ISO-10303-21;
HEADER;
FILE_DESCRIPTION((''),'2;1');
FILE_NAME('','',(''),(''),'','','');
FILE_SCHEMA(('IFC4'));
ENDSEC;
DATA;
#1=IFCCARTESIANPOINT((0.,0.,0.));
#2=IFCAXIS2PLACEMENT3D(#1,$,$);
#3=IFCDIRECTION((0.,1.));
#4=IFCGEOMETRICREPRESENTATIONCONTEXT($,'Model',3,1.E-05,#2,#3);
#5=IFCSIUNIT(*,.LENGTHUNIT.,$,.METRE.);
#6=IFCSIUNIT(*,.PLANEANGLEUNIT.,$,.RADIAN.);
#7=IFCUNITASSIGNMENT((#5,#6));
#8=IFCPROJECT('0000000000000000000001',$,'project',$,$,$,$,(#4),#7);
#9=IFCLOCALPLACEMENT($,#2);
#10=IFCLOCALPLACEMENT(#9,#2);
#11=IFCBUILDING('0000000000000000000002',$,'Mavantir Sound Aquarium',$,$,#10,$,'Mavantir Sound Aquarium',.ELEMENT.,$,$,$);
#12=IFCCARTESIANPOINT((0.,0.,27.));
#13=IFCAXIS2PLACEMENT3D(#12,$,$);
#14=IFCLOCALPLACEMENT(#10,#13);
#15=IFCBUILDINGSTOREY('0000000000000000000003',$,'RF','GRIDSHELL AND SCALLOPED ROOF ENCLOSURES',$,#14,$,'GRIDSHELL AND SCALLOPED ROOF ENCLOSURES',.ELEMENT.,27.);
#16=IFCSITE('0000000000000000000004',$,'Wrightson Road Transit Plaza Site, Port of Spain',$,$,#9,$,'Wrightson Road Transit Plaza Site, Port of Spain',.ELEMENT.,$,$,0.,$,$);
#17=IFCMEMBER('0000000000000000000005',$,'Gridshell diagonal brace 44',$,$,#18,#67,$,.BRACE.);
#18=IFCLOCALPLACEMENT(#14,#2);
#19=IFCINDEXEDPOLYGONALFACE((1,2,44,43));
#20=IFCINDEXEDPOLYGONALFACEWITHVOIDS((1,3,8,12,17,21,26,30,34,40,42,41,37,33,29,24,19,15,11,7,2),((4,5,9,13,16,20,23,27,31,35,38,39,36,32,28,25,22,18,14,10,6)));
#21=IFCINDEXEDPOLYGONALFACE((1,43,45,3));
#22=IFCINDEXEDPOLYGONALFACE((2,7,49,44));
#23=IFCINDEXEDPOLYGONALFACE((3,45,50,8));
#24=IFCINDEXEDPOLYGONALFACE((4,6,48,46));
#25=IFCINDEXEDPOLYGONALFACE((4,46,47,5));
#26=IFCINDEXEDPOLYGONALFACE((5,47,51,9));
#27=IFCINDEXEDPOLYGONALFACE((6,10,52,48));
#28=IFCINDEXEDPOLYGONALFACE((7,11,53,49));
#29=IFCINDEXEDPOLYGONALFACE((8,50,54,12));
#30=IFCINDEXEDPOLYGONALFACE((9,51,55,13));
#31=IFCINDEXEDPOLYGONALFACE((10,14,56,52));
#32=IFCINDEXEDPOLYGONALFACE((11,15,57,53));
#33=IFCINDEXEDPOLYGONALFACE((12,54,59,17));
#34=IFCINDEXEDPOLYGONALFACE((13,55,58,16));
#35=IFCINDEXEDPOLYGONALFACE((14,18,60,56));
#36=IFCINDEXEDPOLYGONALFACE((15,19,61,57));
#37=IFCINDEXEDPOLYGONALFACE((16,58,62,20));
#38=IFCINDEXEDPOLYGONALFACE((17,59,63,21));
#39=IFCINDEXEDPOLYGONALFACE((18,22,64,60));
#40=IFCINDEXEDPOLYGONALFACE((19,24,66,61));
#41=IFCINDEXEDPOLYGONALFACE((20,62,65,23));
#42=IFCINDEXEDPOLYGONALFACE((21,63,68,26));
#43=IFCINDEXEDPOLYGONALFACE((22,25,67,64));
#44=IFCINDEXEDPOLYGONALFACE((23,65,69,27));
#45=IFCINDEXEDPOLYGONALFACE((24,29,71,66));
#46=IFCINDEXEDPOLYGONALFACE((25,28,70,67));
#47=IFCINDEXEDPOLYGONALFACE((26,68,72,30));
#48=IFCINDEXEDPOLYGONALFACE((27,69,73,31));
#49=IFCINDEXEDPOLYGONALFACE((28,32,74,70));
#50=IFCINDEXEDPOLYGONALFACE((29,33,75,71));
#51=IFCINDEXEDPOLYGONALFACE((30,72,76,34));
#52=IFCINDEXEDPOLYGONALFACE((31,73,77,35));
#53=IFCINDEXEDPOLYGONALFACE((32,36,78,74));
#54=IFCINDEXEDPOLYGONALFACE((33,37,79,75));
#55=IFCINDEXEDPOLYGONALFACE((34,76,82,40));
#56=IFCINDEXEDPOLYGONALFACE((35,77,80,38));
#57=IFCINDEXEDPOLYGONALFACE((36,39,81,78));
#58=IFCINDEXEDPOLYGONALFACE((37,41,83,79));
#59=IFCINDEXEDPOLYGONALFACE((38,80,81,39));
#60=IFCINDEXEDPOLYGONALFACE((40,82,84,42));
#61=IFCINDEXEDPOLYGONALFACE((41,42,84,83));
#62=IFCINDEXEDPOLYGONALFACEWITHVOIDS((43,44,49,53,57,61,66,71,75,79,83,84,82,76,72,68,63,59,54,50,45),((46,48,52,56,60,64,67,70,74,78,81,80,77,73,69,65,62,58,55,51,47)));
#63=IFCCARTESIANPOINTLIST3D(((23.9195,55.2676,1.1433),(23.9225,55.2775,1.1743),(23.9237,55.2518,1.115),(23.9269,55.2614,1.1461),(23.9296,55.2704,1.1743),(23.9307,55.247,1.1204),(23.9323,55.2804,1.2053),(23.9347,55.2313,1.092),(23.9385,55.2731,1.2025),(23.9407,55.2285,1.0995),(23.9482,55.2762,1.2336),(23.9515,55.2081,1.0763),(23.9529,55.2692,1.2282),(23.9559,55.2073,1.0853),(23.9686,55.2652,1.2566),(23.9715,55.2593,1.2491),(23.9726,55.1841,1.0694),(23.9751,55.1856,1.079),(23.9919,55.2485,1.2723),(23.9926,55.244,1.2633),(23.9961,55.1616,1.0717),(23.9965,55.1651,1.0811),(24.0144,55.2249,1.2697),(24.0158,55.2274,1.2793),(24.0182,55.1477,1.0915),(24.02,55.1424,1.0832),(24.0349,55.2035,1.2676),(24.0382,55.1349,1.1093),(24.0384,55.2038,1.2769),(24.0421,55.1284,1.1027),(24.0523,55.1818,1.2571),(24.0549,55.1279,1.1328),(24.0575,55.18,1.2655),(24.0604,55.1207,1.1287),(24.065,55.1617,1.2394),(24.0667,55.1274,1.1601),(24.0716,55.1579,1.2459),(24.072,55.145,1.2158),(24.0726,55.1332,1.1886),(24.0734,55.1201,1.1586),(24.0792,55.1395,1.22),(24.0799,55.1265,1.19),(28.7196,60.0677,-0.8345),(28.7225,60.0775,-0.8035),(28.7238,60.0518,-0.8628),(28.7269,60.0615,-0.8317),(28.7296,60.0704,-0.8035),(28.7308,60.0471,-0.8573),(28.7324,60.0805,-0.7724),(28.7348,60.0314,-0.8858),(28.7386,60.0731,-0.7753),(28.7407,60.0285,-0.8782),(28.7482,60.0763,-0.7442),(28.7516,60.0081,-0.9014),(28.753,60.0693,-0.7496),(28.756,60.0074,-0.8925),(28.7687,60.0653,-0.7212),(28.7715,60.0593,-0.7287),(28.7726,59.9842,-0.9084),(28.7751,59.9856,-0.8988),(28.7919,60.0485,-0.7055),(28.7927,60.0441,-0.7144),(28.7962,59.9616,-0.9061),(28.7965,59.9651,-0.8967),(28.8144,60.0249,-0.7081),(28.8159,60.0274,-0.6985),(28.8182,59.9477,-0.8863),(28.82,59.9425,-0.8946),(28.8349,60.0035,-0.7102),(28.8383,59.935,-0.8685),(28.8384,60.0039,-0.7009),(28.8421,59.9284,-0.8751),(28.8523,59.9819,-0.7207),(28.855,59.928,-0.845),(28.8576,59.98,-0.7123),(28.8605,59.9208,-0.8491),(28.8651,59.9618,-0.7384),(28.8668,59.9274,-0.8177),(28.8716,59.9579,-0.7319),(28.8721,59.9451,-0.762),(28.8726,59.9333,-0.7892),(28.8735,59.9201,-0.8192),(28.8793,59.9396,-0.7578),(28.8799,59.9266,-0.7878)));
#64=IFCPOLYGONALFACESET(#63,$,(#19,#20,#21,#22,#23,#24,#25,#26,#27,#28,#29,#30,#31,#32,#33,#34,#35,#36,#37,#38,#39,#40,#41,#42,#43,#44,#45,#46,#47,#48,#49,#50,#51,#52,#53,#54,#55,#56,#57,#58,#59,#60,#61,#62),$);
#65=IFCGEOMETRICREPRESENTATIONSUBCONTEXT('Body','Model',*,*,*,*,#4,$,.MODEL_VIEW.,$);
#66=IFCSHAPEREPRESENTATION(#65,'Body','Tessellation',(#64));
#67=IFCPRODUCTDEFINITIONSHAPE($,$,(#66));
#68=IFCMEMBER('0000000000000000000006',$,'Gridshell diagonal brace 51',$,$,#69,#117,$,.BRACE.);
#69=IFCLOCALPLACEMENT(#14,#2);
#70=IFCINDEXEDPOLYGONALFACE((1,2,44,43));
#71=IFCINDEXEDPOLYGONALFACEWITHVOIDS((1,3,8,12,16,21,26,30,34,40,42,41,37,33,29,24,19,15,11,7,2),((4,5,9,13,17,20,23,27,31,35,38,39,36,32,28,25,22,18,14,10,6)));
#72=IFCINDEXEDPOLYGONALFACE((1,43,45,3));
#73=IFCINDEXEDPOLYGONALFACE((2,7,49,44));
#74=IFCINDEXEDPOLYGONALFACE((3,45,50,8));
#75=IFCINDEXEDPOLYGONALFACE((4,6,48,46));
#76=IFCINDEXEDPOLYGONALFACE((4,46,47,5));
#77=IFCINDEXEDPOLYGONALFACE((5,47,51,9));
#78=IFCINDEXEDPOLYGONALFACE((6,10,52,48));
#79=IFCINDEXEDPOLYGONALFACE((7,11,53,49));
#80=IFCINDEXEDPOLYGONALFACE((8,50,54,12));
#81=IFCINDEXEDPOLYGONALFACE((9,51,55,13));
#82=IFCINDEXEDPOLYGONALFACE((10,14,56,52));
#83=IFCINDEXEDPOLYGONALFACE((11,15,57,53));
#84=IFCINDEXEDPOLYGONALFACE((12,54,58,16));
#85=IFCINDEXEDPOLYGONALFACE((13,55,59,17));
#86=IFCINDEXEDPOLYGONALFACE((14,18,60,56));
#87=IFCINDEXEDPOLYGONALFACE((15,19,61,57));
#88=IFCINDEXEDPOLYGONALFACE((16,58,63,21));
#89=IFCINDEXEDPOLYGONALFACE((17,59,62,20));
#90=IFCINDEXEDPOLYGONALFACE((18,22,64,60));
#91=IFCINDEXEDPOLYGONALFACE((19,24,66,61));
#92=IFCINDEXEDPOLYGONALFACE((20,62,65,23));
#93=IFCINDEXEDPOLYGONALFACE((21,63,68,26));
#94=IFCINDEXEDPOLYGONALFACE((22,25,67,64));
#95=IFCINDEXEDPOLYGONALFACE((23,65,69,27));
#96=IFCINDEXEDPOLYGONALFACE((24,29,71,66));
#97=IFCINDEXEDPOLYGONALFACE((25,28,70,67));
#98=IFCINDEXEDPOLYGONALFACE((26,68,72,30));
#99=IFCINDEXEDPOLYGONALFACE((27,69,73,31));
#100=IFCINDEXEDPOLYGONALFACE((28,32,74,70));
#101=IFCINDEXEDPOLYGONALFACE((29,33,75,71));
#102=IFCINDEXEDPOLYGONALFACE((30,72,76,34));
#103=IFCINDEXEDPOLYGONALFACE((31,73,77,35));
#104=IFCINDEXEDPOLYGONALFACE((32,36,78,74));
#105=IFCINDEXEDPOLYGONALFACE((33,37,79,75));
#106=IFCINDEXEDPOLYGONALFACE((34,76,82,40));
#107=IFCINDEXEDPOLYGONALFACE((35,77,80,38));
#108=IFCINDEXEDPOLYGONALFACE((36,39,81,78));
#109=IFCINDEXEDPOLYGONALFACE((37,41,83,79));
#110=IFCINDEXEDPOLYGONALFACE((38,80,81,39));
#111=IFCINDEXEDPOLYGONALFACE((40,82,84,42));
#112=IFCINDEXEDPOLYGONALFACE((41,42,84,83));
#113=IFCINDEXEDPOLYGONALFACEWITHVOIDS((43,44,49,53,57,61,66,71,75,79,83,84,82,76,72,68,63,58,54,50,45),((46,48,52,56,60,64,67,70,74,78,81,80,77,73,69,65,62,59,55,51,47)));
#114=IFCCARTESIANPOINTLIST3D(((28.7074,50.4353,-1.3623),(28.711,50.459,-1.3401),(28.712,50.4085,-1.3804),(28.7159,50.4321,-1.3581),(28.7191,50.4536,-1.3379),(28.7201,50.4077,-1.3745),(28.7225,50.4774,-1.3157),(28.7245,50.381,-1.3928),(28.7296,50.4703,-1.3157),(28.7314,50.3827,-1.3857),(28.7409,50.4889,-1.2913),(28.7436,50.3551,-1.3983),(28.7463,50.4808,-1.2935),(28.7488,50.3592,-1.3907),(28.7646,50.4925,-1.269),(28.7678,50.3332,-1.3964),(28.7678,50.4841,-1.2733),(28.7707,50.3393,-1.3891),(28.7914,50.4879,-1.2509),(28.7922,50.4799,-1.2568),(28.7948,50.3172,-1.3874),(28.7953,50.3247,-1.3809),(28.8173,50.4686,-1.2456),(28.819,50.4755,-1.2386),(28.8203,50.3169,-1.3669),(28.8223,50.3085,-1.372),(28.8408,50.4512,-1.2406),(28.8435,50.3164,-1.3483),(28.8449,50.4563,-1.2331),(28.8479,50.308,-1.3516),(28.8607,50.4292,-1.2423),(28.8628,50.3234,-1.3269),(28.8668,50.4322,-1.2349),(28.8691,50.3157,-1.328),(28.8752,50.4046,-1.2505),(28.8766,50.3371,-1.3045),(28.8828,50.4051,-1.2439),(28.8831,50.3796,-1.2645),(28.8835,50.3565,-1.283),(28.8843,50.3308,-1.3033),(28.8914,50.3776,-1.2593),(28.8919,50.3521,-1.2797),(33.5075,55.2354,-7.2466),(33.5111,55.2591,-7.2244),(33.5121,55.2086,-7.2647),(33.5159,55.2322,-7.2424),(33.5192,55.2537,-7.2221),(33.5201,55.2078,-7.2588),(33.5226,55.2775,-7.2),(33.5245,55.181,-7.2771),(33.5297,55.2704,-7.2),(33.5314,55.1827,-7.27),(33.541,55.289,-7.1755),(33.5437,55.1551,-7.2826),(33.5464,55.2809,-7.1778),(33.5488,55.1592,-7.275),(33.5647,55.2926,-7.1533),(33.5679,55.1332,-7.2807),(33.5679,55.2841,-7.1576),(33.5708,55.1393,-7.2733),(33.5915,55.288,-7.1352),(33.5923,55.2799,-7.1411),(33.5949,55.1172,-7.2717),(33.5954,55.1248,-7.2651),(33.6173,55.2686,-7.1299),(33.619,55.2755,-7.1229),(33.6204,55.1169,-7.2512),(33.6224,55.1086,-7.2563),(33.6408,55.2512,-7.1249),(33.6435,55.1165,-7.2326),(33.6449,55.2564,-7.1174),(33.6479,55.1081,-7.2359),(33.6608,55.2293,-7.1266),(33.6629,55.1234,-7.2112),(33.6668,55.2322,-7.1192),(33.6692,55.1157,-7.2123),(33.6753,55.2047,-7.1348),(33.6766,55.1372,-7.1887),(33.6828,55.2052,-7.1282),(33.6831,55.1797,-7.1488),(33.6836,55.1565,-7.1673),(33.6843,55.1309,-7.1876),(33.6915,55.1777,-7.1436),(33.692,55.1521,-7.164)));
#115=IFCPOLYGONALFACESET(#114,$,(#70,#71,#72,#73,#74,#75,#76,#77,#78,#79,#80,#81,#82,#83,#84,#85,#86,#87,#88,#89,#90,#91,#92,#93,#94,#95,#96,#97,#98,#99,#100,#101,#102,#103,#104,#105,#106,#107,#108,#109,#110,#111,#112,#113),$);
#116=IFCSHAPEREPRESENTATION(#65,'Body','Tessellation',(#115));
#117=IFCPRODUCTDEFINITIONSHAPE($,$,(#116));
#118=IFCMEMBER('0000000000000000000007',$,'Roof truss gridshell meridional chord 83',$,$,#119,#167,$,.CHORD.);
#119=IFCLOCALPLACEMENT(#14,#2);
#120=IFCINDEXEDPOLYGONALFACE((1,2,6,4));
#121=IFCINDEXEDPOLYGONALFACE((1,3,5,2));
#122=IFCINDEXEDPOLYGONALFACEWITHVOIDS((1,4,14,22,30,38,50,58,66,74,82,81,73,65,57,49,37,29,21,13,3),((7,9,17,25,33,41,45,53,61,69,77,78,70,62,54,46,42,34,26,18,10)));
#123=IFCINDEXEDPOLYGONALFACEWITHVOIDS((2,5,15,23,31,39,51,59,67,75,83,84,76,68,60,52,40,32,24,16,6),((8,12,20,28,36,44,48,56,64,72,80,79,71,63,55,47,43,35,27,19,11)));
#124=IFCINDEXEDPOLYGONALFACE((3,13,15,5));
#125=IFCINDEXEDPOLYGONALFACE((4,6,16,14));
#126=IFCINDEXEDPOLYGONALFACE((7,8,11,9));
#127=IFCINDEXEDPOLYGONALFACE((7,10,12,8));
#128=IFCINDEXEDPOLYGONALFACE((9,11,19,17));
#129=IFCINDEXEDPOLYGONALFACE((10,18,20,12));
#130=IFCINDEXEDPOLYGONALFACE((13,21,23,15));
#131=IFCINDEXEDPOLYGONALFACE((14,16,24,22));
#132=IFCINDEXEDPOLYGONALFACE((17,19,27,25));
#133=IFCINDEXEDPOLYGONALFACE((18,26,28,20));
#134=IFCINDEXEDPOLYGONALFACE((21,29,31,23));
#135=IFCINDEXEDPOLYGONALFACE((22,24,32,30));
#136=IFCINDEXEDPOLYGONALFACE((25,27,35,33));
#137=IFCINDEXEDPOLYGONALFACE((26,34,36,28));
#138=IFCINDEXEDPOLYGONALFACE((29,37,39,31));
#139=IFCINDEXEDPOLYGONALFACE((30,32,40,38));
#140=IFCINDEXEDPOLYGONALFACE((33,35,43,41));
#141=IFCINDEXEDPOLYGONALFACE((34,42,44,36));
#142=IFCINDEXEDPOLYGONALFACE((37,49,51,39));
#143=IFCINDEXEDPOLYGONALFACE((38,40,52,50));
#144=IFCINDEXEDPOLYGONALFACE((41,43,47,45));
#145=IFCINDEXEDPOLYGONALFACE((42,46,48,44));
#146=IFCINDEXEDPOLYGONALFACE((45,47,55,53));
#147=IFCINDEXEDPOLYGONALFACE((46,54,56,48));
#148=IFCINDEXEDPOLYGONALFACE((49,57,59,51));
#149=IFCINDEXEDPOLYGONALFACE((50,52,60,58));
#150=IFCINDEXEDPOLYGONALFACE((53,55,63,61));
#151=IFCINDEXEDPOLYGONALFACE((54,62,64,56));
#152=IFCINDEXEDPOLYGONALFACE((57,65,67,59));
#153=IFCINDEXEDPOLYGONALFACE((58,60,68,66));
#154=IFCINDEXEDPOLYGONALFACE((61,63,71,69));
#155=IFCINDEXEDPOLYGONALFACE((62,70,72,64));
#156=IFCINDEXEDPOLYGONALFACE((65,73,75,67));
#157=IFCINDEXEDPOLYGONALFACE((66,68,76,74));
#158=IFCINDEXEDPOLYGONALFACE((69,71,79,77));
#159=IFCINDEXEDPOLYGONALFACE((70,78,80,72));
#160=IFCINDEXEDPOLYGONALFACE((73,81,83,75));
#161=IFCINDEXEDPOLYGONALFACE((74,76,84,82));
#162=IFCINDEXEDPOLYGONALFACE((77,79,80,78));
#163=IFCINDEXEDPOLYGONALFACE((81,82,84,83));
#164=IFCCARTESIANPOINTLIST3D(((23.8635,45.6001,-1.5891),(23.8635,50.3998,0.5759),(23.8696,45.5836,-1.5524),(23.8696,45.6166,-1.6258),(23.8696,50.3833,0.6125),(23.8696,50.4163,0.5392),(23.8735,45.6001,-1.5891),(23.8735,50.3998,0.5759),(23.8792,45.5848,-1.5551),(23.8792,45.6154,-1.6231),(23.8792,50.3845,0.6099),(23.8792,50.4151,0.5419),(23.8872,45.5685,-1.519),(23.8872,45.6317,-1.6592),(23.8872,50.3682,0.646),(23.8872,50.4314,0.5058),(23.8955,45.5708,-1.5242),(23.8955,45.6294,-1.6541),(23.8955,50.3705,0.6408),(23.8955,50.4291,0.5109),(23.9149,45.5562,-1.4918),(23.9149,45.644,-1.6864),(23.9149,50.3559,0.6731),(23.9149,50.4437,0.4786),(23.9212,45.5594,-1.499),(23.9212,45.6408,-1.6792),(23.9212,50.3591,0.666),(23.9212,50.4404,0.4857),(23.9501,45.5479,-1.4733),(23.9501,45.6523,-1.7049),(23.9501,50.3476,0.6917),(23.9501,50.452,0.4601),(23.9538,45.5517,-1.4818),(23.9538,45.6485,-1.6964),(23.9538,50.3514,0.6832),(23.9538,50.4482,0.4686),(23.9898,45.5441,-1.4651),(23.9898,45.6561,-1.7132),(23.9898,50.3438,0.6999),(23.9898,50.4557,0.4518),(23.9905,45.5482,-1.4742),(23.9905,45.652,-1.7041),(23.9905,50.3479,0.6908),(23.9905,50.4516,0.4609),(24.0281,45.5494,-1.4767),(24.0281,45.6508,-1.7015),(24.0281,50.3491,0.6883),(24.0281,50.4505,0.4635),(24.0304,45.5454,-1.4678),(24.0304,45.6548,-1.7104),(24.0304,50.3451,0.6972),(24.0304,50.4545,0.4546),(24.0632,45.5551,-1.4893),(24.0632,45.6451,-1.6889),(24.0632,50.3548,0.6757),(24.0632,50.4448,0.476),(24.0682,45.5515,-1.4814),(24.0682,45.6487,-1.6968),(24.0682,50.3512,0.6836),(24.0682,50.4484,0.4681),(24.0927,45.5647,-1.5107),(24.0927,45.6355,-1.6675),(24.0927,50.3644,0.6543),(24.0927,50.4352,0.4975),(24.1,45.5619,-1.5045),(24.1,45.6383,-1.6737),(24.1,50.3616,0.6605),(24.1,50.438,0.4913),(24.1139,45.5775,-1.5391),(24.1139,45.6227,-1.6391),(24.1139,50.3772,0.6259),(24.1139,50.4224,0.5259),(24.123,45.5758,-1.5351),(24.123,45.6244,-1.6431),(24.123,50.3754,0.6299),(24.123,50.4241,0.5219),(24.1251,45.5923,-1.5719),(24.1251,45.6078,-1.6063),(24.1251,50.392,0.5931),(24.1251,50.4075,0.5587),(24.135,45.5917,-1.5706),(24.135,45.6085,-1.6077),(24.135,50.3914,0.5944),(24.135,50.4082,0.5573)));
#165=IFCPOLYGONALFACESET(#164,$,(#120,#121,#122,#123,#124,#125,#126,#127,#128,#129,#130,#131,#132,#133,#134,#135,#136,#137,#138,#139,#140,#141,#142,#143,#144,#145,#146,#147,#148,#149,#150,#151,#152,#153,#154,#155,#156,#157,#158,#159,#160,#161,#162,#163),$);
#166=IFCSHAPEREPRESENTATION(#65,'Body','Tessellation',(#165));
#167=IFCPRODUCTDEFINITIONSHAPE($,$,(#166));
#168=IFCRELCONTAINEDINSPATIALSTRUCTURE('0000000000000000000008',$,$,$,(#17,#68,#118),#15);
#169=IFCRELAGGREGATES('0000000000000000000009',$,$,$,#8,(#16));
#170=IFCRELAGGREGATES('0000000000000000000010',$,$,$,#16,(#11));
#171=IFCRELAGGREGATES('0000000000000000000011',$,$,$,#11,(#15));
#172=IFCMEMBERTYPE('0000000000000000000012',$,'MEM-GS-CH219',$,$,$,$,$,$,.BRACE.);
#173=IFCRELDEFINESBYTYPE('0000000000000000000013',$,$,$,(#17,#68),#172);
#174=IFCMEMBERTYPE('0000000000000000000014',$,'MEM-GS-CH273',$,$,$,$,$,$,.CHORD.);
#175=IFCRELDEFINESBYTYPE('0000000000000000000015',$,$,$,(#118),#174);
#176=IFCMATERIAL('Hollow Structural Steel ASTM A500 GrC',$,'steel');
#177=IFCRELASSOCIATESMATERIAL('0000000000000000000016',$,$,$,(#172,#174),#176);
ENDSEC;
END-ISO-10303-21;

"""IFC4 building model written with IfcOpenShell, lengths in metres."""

from ifc_helpers import new_model, si_unit, direction, frame, origin, origin_2d, place, context, subcontext, project, spatial, hollow_circle, extrude, material, material_profile, profile_set, type_object, element, save


model = new_model("IFC4")

# Units and contexts
model_context = context("Model", 3, precision=1e-05, world=origin(), true_north=direction((0.0, 1.0)))
body_context = subcontext(model_context, "Body", "Model", "MODEL_VIEW")
ifc_project = project(units=[si_unit("LENGTHUNIT", "METRE"), si_unit("PLANEANGLEUNIT", "RADIAN")], contexts=[model_context])

# Site, building, storey
site_placement = place(None, origin())
site = spatial("IfcSite", under=ifc_project, at=site_placement, Name="Wrightson Road Transit Plaza Site, Port of Spain", LongName="Wrightson Road Transit Plaza Site, Port of Spain", CompositionType="ELEMENT", RefElevation=0.0)
building_placement = place(site_placement, origin())
building = spatial("IfcBuilding", under=site, at=building_placement, Name="Mavantir Sound Aquarium", LongName="Mavantir Sound Aquarium", CompositionType="ELEMENT")
storey_placement = place(building_placement, frame((0.0, 0.0, 27.0)))
storey = spatial("IfcBuildingStorey", under=building, at=storey_placement, Name="RF", Description="GRIDSHELL AND SCALLOPED ROOF ENCLOSURES", LongName="GRIDSHELL AND SCALLOPED ROOF ENCLOSURES", CompositionType="ELEMENT", Elevation=27.0)

# Members
ifc_material_1 = material(Name="Hollow Structural Steel ASTM A500 GrC", Category="steel")
ifc_material_profile_1 = material_profile(ifc_material_1, hollow_circle(Radius=0.1096, WallThickness=0.01, at=origin_2d()), Name="CHS 219.1X10")
ifc_profile_set_1 = profile_set([ifc_material_profile_1], Name="Hollow Structural Steel ASTM A500 GrC")
member_type_1 = type_object("IfcMemberType", Name="MEM-GS-CH219", PredefinedType="BRACE", material=ifc_profile_set_1)
member_1_placement = place(storey_placement, frame((24.0, 55.2, 1.1743), z_axis=(0.67888, 0.67888, -0.279722), x_axis=(-0.707107, 0.707107, 0.0)))
element("IfcMember", 1, at=member_1_placement, inside=storey, type_object=member_type_1, Name="Gridshell diagonal brace 44", PredefinedType="BRACE", context=body_context, shape_type="SweptSolid", body=[
    extrude(hollow_circle(Radius=0.1096, WallThickness=0.01, at=origin_2d()), origin(), (0.0, 0.0, 1.0), 7.0706),
])
member_2_placement = place(storey_placement, frame((28.8, 50.3999, -1.3157), z_axis=(0.53431, 0.53431, -0.655), x_axis=(-0.707107, 0.707107, 0.0)))
element("IfcMember", 2, at=member_2_placement, inside=storey, type_object=member_type_1, Name="Gridshell diagonal brace 51", PredefinedType="BRACE", context=body_context, shape_type="SweptSolid", body=[
    extrude(hollow_circle(Radius=0.1096, WallThickness=0.01, at=origin_2d()), origin(), (0.0, 0.0, 1.0), 8.9836),
])
ifc_material_profile_2 = material_profile(ifc_material_1, hollow_circle(Radius=0.1365, WallThickness=0.01, at=origin_2d()), Name="CHS 273X10")
ifc_profile_set_2 = profile_set([ifc_material_profile_2], Name="Hollow Structural Steel ASTM A500 GrC")
member_type_2 = type_object("IfcMemberType", Name="MEM-GS-CH273", PredefinedType="CHORD", material=ifc_profile_set_2)
member_3_placement = place(storey_placement, frame((24.0, 45.6001, -1.5891), z_axis=(0.0, 0.911557, 0.411174), x_axis=(-1.0, 0.0, 0.0)))
element("IfcMember", 3, at=member_3_placement, inside=storey, type_object=member_type_2, Name="Roof truss gridshell meridional chord 83", PredefinedType="CHORD", context=body_context, shape_type="SweptSolid", body=[
    extrude(hollow_circle(Radius=0.1365, WallThickness=0.01, at=origin_2d()), origin(), (0.0, 0.0, 1.0), 5.2654),
])

save(model, "model.ifc")
